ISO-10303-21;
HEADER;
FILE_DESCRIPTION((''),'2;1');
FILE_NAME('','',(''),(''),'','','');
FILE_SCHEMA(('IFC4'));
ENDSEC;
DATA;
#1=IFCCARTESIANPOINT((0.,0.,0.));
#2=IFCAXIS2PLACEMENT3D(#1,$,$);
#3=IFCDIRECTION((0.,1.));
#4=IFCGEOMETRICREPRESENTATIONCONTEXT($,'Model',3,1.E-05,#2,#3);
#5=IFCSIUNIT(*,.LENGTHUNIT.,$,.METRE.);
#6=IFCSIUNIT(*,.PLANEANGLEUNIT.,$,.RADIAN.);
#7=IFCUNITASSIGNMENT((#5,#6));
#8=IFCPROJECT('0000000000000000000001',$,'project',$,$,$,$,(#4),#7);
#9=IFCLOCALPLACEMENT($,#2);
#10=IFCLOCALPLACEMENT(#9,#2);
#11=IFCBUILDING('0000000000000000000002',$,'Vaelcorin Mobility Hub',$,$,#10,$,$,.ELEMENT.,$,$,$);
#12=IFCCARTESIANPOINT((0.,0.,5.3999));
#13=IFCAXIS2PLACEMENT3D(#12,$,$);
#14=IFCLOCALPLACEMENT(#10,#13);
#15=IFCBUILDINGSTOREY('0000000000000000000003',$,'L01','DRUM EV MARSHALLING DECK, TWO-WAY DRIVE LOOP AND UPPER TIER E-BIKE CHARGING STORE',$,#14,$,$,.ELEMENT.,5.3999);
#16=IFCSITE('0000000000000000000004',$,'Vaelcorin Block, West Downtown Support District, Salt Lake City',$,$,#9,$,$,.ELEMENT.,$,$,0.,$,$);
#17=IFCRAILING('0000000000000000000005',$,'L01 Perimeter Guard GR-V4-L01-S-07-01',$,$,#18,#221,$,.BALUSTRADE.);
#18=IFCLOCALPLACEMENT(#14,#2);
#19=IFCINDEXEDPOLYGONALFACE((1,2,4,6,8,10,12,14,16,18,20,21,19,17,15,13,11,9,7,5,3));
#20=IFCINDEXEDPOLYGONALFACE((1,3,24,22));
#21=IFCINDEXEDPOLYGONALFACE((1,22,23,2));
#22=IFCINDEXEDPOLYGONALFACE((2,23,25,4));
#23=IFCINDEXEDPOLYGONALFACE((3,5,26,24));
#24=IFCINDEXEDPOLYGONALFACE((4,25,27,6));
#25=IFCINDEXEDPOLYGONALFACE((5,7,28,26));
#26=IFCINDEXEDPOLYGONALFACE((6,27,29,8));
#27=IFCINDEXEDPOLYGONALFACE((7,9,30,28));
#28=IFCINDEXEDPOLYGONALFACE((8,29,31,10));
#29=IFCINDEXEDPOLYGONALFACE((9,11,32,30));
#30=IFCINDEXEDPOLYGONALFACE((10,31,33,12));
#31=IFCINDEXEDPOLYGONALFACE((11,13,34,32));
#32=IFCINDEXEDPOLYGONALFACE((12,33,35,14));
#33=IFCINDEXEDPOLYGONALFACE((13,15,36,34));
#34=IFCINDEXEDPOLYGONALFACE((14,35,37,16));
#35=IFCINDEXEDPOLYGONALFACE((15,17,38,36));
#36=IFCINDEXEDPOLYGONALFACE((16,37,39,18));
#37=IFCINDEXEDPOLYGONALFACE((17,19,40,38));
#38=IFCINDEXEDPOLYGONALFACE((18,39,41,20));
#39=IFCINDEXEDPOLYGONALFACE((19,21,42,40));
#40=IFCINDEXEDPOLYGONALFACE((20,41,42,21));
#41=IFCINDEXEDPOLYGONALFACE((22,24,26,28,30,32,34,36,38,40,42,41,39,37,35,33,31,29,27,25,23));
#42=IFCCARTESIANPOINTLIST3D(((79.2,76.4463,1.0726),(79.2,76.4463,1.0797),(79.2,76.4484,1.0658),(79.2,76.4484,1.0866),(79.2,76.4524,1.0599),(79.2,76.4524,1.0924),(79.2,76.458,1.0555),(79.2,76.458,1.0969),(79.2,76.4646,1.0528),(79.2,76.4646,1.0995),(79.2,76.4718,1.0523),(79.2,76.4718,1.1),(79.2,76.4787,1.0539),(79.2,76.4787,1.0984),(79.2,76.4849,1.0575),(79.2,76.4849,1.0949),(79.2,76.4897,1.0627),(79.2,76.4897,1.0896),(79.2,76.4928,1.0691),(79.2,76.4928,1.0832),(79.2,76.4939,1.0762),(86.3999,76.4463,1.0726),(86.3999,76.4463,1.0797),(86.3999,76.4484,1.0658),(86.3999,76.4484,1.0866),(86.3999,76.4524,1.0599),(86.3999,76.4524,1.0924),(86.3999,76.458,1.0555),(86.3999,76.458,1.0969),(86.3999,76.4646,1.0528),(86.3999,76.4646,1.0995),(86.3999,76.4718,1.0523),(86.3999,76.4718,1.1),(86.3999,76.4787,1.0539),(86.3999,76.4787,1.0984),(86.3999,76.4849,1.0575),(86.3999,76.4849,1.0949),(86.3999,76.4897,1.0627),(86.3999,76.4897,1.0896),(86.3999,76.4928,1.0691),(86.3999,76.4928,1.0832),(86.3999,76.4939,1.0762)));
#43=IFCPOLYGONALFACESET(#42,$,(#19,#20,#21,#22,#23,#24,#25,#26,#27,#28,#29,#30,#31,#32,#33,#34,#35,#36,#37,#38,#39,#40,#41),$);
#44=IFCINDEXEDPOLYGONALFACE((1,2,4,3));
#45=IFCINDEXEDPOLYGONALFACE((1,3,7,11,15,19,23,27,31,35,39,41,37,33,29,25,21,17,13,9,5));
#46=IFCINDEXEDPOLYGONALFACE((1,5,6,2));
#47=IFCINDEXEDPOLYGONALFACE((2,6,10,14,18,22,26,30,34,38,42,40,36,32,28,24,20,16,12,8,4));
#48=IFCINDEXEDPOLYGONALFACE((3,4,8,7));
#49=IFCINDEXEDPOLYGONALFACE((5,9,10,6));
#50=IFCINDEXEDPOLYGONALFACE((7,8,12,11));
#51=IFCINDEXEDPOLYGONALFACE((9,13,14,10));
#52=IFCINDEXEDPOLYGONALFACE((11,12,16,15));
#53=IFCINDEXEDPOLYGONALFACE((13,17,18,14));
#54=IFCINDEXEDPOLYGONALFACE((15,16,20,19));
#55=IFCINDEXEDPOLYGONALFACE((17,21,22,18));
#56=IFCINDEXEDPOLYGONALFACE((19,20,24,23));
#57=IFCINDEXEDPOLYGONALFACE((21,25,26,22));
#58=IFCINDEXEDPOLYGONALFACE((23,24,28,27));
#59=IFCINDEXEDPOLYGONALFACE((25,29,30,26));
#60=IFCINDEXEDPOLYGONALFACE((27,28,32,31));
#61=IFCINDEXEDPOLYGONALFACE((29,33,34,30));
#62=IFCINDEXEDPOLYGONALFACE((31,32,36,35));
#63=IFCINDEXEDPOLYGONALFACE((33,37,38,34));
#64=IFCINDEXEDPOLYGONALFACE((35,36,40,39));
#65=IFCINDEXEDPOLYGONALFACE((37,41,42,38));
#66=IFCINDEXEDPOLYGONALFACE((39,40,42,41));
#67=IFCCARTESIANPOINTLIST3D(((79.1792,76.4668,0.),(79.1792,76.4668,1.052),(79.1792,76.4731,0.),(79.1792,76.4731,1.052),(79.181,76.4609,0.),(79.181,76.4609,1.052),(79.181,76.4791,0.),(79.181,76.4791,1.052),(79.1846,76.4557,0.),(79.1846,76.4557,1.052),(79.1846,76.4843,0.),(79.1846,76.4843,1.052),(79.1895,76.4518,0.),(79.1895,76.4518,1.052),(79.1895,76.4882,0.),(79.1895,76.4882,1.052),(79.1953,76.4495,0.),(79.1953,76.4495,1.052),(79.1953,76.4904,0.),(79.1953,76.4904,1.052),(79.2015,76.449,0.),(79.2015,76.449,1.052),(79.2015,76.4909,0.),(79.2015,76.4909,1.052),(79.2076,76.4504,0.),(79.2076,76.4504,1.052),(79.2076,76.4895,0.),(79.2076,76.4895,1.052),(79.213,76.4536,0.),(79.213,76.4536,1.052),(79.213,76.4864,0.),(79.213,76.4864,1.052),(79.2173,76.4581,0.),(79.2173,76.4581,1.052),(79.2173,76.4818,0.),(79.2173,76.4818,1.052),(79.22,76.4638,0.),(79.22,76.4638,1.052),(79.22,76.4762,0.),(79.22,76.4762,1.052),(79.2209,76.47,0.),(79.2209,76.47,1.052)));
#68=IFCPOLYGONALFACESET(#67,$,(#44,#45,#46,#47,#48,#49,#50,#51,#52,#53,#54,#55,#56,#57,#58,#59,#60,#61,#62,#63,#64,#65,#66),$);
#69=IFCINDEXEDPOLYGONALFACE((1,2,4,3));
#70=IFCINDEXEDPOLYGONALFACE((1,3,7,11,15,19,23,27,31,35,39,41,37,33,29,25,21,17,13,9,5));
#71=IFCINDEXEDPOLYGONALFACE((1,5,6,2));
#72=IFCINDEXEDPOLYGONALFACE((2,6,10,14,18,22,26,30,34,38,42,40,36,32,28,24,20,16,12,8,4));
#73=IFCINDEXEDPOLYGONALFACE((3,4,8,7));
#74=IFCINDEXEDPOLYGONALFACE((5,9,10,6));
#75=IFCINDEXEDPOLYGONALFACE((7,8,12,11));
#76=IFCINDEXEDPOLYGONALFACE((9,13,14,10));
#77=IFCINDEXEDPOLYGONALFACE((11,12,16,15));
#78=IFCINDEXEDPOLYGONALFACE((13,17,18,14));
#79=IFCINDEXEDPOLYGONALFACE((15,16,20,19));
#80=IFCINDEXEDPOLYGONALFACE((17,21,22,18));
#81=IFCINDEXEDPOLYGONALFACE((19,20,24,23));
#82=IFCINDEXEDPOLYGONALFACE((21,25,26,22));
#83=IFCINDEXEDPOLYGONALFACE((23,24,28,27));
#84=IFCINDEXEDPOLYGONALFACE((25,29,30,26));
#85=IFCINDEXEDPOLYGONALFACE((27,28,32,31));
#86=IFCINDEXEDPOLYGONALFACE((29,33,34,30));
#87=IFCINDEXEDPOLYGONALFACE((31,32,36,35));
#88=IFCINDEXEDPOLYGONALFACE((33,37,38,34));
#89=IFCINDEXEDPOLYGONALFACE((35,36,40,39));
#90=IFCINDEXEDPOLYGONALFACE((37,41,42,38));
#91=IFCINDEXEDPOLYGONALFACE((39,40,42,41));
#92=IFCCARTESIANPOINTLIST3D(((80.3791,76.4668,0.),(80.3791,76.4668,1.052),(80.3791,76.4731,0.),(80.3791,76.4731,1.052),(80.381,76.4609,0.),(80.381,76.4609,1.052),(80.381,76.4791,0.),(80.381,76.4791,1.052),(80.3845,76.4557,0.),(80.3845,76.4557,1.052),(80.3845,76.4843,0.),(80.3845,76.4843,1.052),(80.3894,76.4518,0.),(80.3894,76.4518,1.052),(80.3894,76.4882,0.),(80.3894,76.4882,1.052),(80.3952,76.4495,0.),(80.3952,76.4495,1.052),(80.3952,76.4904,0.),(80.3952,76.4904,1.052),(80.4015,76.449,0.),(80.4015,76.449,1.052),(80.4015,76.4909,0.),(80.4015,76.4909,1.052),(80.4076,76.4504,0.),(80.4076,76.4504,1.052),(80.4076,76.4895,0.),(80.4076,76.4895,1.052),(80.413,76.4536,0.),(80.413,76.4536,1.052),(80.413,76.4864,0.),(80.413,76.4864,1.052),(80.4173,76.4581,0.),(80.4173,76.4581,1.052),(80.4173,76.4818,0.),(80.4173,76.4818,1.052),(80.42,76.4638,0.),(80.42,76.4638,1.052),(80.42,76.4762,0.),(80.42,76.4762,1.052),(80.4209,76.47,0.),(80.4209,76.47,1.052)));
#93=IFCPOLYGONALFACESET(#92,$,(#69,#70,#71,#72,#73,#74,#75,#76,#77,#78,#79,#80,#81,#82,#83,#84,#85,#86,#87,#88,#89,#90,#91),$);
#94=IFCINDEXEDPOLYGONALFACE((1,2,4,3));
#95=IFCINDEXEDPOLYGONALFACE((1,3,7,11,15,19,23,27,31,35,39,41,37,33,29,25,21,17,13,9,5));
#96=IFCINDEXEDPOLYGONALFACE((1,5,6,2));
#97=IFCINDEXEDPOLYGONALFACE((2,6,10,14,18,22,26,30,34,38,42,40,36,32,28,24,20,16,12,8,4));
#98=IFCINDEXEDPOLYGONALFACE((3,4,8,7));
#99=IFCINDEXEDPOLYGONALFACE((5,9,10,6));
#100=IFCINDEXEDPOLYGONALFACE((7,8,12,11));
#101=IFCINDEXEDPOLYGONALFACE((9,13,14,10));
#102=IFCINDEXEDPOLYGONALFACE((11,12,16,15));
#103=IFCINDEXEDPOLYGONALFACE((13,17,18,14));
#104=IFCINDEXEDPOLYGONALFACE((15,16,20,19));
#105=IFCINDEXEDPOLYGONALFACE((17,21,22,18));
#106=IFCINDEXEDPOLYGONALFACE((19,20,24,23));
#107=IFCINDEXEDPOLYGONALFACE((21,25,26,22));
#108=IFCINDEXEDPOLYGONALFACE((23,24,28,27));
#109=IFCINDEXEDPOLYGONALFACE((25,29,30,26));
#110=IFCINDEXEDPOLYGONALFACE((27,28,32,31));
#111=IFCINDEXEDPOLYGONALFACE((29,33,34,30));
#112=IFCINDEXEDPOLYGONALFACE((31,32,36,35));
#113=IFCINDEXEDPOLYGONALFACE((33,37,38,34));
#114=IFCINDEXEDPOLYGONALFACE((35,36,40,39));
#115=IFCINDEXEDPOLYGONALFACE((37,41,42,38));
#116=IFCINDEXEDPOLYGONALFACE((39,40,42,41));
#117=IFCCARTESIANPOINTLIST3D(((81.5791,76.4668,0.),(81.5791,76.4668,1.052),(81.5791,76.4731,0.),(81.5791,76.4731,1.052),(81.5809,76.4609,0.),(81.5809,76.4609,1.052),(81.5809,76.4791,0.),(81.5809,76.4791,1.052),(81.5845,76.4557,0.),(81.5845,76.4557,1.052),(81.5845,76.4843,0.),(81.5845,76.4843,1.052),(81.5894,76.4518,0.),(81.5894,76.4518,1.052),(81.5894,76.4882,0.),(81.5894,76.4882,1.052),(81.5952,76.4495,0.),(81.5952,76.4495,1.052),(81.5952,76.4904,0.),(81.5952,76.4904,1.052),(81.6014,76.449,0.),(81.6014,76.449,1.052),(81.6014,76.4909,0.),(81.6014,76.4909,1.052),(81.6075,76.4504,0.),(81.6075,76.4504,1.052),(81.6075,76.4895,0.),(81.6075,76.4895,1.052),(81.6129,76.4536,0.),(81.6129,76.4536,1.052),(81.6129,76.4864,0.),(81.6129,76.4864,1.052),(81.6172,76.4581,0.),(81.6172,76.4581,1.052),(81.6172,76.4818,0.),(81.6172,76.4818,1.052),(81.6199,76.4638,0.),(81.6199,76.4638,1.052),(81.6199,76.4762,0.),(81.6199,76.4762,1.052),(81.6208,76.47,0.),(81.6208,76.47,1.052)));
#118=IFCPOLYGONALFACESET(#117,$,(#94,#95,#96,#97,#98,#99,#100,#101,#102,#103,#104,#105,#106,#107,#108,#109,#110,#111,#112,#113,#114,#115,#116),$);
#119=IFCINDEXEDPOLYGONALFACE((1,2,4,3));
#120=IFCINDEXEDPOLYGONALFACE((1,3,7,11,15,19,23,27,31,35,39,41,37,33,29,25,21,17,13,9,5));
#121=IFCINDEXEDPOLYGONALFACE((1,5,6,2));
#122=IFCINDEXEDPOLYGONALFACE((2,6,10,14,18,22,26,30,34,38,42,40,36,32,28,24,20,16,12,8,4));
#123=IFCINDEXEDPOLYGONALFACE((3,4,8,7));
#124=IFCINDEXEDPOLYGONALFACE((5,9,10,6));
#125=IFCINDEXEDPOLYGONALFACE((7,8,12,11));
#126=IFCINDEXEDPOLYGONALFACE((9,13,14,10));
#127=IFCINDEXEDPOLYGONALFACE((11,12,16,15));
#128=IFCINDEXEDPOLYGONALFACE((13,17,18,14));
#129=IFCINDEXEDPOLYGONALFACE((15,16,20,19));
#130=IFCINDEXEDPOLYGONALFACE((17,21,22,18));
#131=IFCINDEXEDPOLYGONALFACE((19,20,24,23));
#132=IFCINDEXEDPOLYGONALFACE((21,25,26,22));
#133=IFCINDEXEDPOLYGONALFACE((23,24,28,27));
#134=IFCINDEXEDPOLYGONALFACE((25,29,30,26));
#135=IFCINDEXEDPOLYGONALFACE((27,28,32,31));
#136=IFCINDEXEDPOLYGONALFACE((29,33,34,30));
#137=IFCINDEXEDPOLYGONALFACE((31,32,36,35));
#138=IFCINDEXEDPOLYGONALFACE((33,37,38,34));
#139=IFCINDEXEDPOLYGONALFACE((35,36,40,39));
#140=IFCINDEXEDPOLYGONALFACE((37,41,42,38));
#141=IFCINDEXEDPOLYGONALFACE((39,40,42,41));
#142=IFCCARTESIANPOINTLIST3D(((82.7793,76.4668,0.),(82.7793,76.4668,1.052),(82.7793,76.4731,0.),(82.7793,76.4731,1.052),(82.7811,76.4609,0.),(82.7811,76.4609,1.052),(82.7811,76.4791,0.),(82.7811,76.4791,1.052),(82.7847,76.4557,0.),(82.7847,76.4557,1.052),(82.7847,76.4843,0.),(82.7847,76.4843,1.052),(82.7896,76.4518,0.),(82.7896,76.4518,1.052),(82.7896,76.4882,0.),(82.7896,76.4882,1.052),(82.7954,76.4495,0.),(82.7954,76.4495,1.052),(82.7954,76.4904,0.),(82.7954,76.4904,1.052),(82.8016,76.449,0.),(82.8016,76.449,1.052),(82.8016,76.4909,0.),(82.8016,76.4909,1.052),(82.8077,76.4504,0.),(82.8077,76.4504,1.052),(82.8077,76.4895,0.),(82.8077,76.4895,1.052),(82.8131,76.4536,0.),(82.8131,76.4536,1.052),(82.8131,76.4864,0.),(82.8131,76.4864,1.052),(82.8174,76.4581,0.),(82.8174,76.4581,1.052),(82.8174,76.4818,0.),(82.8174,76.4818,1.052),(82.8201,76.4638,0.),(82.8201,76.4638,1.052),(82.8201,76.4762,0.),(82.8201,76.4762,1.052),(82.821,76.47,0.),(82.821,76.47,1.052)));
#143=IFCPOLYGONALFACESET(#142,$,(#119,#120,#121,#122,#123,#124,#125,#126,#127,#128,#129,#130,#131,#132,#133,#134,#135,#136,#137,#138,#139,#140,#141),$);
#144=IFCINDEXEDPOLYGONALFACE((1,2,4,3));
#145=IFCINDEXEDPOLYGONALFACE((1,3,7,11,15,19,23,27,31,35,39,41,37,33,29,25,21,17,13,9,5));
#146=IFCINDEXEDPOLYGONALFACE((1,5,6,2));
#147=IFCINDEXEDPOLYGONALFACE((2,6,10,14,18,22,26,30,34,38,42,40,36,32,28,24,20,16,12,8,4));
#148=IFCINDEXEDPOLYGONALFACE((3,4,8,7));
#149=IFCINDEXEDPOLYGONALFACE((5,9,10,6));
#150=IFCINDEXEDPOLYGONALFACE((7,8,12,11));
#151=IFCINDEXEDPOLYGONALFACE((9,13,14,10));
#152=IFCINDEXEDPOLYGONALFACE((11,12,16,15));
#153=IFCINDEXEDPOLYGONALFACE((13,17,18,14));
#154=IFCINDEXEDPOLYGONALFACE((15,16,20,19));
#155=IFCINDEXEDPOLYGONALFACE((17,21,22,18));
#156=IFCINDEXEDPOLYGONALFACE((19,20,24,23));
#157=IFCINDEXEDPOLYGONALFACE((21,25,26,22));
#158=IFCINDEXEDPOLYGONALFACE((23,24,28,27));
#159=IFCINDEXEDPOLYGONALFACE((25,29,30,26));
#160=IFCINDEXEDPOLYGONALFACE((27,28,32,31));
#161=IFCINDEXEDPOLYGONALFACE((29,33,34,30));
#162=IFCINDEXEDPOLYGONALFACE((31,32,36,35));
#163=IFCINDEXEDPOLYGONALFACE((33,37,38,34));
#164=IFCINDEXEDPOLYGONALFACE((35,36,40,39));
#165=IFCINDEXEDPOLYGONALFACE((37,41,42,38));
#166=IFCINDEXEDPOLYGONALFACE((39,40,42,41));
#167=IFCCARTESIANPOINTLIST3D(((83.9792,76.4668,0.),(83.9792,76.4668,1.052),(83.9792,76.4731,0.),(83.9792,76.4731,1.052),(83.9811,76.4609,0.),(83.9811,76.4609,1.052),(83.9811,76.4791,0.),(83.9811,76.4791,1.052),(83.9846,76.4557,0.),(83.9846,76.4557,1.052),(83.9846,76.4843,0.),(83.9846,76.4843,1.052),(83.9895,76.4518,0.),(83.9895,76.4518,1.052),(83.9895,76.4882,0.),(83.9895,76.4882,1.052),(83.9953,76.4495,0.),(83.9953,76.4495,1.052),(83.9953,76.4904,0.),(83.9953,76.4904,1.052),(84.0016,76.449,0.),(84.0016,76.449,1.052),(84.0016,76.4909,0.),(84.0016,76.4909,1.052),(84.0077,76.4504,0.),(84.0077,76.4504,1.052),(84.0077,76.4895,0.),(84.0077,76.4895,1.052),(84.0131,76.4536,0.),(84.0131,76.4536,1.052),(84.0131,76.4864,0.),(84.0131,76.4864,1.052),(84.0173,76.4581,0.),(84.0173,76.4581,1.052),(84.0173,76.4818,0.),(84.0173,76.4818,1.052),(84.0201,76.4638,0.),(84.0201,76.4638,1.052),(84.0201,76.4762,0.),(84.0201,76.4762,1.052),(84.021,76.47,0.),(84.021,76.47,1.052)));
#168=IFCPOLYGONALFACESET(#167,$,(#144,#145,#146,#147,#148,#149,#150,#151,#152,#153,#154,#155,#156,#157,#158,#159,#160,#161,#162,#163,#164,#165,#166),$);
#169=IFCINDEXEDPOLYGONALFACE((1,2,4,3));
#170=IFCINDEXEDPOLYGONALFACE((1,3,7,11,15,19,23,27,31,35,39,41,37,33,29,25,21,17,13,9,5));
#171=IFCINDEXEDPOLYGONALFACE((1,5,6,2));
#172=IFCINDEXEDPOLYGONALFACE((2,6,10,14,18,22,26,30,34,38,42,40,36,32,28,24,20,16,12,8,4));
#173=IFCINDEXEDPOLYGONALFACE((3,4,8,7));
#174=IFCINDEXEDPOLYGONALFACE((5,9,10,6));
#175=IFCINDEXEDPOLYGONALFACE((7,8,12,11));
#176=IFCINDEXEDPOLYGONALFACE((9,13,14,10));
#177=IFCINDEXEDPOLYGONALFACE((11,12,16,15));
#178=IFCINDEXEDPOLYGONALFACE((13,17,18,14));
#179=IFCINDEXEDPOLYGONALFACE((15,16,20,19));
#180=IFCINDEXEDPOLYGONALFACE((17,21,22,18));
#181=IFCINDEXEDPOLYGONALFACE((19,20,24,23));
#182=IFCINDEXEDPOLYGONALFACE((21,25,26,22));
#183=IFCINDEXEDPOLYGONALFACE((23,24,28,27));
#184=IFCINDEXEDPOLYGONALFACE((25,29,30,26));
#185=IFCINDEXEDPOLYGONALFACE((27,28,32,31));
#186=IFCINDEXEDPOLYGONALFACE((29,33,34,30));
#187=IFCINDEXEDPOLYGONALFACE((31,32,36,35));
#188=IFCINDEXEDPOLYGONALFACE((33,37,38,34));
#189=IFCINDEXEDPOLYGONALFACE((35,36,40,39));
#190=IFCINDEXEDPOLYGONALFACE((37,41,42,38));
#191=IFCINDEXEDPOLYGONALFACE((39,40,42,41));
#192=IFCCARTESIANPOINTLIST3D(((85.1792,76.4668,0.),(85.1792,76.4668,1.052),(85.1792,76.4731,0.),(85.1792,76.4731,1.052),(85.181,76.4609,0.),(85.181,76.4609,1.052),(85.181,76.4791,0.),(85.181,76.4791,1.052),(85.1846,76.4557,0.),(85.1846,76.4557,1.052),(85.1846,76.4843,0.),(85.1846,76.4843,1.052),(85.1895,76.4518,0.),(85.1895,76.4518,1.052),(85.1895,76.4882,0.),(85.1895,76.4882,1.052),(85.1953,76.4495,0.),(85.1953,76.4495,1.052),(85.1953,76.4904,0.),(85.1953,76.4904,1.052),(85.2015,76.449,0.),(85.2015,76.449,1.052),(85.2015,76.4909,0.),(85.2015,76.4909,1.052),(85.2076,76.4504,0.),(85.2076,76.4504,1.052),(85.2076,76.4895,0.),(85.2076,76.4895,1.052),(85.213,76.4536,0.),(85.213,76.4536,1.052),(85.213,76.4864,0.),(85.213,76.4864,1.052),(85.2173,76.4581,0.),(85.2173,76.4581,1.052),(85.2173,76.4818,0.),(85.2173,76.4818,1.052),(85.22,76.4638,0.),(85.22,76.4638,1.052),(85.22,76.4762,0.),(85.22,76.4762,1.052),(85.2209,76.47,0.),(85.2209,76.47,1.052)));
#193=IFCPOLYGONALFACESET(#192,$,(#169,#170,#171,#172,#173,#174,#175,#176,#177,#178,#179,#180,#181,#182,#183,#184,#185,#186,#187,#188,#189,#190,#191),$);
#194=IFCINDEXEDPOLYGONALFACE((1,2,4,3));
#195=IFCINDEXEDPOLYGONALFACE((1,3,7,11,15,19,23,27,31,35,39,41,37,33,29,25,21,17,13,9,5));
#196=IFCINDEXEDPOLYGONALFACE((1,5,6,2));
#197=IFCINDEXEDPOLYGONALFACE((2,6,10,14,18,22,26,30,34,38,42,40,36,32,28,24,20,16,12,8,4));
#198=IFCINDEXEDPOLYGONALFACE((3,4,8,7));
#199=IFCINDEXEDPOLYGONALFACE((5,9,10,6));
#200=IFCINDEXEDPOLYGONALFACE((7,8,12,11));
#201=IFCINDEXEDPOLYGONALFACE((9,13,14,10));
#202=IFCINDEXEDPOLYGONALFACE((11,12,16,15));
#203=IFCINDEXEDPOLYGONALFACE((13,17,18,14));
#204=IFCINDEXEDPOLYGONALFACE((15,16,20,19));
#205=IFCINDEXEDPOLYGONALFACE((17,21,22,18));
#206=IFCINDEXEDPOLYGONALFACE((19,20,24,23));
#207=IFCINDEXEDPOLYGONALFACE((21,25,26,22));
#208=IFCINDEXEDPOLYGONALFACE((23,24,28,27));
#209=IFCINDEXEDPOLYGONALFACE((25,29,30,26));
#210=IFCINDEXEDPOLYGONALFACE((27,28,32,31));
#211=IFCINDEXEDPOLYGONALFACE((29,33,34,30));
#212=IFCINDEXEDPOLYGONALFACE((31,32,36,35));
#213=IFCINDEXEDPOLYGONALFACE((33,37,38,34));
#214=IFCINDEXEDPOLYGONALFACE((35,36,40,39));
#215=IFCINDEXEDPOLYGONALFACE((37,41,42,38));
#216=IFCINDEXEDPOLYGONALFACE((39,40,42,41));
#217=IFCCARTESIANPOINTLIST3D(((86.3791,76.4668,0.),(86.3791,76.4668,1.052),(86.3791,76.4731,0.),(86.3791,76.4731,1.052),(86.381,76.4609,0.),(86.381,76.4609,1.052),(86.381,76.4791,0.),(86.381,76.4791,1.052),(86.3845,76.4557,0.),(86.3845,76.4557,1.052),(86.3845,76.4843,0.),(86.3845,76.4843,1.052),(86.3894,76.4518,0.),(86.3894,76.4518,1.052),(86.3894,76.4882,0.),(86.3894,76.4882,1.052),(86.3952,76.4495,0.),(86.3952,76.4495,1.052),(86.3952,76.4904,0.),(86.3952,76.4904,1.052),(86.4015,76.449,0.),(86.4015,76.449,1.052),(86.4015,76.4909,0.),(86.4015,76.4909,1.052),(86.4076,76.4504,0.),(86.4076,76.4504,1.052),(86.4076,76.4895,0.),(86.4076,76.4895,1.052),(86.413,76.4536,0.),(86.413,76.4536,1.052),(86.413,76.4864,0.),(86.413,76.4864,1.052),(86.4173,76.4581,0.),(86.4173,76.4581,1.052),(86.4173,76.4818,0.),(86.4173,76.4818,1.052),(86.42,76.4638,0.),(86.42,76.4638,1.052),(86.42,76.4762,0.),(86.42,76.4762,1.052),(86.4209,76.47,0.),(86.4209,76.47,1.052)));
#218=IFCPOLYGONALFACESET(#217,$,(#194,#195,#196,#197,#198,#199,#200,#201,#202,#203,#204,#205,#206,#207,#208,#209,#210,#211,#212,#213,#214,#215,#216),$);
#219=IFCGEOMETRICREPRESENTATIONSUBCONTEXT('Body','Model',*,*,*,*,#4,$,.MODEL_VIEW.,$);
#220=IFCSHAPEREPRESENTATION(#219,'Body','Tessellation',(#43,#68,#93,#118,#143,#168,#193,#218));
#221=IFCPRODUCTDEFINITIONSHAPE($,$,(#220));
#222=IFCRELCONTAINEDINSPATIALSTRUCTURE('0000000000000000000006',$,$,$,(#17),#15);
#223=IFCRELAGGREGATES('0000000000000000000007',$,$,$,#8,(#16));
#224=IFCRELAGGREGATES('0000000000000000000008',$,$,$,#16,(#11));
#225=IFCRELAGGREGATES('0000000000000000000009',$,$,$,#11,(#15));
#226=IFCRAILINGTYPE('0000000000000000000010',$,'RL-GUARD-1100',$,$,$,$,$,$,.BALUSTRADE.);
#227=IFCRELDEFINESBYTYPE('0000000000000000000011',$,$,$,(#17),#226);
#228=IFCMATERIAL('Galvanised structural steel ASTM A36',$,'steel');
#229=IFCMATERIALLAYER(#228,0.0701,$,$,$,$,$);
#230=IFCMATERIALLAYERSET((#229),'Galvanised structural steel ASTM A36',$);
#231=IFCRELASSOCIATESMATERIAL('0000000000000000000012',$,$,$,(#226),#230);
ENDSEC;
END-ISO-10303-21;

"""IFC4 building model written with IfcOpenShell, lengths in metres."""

from ifc_helpers import new_model, si_unit, direction, frame, origin, origin_2d, place, context, subcontext, project, spatial, circle, extrude, material, layer, layer_set, type_object, element, save


model = new_model("IFC4")

# Units and contexts
model_context = context("Model", 3, precision=1e-05, world=origin(), true_north=direction((0.0, 1.0)))
body_context = subcontext(model_context, "Body", "Model", "MODEL_VIEW")
ifc_project = project(units=[si_unit("LENGTHUNIT", "METRE"), si_unit("PLANEANGLEUNIT", "RADIAN")], contexts=[model_context])

# Site, building, storey
site_placement = place(None, origin())
site = spatial("IfcSite", under=ifc_project, at=site_placement, Name="Vaelcorin Block, West Downtown Support District, Salt Lake City", CompositionType="ELEMENT", RefElevation=0.0)
building_placement = place(site_placement, origin())
building = spatial("IfcBuilding", under=site, at=building_placement, Name="Vaelcorin Mobility Hub", CompositionType="ELEMENT")
storey_placement = place(building_placement, frame((0.0, 0.0, 5.3999)))
storey = spatial("IfcBuildingStorey", under=building, at=storey_placement, Name="L01", Description="DRUM EV MARSHALLING DECK, TWO-WAY DRIVE LOOP AND UPPER TIER E-BIKE CHARGING STORE", CompositionType="ELEMENT", Elevation=5.3999)

# Railing
ifc_material_1 = material(Name="Galvanised structural steel ASTM A36", Category="steel")
ifc_layer_1 = layer(ifc_material_1, 0.0701)
ifc_layer_set_1 = layer_set([ifc_layer_1], Name="Galvanised structural steel ASTM A36")
railing_type = type_object("IfcRailingType", Name="RL-GUARD-1100", PredefinedType="BALUSTRADE", material=ifc_layer_set_1)
railing_placement = place(storey_placement, frame((79.2, 76.47, 0.0)))
element("IfcRailing", 1, at=railing_placement, inside=storey, type_object=railing_type, Name="L01 Perimeter Guard GR-V4-L01-S-07-01", PredefinedType="BALUSTRADE", context=body_context, shape_type="SweptSolid", body=[
    extrude(circle(Radius=0.0239, at=origin_2d()), frame((0.0, 0.0, 1.0762), z_axis=(1.0, 0.0, 0.0), x_axis=(0.0, 1.0, 0.0)), (0.0, 0.0, 1.0), 7.2),
    extrude(circle(Radius=0.021, at=origin_2d()), origin(), (0.0, 0.0, 1.0), 1.052),
    extrude(circle(Radius=0.021, at=origin_2d()), frame((1.2, 0.0, 0.0)), (0.0, 0.0, 1.0), 1.052),
    extrude(circle(Radius=0.021, at=origin_2d()), frame((2.3999, 0.0, 0.0)), (0.0, 0.0, 1.0), 1.052),
    extrude(circle(Radius=0.021, at=origin_2d()), frame((3.6001, 0.0, 0.0)), (0.0, 0.0, 1.0), 1.052),
    extrude(circle(Radius=0.021, at=origin_2d()), frame((4.8, 0.0, 0.0)), (0.0, 0.0, 1.0), 1.052),
    extrude(circle(Radius=0.021, at=origin_2d()), frame((6.0, 0.0, 0.0)), (0.0, 0.0, 1.0), 1.052),
    extrude(circle(Radius=0.021, at=origin_2d()), frame((7.2, 0.0, 0.0)), (0.0, 0.0, 1.0), 1.052),
])

save(model, "model.ifc")
